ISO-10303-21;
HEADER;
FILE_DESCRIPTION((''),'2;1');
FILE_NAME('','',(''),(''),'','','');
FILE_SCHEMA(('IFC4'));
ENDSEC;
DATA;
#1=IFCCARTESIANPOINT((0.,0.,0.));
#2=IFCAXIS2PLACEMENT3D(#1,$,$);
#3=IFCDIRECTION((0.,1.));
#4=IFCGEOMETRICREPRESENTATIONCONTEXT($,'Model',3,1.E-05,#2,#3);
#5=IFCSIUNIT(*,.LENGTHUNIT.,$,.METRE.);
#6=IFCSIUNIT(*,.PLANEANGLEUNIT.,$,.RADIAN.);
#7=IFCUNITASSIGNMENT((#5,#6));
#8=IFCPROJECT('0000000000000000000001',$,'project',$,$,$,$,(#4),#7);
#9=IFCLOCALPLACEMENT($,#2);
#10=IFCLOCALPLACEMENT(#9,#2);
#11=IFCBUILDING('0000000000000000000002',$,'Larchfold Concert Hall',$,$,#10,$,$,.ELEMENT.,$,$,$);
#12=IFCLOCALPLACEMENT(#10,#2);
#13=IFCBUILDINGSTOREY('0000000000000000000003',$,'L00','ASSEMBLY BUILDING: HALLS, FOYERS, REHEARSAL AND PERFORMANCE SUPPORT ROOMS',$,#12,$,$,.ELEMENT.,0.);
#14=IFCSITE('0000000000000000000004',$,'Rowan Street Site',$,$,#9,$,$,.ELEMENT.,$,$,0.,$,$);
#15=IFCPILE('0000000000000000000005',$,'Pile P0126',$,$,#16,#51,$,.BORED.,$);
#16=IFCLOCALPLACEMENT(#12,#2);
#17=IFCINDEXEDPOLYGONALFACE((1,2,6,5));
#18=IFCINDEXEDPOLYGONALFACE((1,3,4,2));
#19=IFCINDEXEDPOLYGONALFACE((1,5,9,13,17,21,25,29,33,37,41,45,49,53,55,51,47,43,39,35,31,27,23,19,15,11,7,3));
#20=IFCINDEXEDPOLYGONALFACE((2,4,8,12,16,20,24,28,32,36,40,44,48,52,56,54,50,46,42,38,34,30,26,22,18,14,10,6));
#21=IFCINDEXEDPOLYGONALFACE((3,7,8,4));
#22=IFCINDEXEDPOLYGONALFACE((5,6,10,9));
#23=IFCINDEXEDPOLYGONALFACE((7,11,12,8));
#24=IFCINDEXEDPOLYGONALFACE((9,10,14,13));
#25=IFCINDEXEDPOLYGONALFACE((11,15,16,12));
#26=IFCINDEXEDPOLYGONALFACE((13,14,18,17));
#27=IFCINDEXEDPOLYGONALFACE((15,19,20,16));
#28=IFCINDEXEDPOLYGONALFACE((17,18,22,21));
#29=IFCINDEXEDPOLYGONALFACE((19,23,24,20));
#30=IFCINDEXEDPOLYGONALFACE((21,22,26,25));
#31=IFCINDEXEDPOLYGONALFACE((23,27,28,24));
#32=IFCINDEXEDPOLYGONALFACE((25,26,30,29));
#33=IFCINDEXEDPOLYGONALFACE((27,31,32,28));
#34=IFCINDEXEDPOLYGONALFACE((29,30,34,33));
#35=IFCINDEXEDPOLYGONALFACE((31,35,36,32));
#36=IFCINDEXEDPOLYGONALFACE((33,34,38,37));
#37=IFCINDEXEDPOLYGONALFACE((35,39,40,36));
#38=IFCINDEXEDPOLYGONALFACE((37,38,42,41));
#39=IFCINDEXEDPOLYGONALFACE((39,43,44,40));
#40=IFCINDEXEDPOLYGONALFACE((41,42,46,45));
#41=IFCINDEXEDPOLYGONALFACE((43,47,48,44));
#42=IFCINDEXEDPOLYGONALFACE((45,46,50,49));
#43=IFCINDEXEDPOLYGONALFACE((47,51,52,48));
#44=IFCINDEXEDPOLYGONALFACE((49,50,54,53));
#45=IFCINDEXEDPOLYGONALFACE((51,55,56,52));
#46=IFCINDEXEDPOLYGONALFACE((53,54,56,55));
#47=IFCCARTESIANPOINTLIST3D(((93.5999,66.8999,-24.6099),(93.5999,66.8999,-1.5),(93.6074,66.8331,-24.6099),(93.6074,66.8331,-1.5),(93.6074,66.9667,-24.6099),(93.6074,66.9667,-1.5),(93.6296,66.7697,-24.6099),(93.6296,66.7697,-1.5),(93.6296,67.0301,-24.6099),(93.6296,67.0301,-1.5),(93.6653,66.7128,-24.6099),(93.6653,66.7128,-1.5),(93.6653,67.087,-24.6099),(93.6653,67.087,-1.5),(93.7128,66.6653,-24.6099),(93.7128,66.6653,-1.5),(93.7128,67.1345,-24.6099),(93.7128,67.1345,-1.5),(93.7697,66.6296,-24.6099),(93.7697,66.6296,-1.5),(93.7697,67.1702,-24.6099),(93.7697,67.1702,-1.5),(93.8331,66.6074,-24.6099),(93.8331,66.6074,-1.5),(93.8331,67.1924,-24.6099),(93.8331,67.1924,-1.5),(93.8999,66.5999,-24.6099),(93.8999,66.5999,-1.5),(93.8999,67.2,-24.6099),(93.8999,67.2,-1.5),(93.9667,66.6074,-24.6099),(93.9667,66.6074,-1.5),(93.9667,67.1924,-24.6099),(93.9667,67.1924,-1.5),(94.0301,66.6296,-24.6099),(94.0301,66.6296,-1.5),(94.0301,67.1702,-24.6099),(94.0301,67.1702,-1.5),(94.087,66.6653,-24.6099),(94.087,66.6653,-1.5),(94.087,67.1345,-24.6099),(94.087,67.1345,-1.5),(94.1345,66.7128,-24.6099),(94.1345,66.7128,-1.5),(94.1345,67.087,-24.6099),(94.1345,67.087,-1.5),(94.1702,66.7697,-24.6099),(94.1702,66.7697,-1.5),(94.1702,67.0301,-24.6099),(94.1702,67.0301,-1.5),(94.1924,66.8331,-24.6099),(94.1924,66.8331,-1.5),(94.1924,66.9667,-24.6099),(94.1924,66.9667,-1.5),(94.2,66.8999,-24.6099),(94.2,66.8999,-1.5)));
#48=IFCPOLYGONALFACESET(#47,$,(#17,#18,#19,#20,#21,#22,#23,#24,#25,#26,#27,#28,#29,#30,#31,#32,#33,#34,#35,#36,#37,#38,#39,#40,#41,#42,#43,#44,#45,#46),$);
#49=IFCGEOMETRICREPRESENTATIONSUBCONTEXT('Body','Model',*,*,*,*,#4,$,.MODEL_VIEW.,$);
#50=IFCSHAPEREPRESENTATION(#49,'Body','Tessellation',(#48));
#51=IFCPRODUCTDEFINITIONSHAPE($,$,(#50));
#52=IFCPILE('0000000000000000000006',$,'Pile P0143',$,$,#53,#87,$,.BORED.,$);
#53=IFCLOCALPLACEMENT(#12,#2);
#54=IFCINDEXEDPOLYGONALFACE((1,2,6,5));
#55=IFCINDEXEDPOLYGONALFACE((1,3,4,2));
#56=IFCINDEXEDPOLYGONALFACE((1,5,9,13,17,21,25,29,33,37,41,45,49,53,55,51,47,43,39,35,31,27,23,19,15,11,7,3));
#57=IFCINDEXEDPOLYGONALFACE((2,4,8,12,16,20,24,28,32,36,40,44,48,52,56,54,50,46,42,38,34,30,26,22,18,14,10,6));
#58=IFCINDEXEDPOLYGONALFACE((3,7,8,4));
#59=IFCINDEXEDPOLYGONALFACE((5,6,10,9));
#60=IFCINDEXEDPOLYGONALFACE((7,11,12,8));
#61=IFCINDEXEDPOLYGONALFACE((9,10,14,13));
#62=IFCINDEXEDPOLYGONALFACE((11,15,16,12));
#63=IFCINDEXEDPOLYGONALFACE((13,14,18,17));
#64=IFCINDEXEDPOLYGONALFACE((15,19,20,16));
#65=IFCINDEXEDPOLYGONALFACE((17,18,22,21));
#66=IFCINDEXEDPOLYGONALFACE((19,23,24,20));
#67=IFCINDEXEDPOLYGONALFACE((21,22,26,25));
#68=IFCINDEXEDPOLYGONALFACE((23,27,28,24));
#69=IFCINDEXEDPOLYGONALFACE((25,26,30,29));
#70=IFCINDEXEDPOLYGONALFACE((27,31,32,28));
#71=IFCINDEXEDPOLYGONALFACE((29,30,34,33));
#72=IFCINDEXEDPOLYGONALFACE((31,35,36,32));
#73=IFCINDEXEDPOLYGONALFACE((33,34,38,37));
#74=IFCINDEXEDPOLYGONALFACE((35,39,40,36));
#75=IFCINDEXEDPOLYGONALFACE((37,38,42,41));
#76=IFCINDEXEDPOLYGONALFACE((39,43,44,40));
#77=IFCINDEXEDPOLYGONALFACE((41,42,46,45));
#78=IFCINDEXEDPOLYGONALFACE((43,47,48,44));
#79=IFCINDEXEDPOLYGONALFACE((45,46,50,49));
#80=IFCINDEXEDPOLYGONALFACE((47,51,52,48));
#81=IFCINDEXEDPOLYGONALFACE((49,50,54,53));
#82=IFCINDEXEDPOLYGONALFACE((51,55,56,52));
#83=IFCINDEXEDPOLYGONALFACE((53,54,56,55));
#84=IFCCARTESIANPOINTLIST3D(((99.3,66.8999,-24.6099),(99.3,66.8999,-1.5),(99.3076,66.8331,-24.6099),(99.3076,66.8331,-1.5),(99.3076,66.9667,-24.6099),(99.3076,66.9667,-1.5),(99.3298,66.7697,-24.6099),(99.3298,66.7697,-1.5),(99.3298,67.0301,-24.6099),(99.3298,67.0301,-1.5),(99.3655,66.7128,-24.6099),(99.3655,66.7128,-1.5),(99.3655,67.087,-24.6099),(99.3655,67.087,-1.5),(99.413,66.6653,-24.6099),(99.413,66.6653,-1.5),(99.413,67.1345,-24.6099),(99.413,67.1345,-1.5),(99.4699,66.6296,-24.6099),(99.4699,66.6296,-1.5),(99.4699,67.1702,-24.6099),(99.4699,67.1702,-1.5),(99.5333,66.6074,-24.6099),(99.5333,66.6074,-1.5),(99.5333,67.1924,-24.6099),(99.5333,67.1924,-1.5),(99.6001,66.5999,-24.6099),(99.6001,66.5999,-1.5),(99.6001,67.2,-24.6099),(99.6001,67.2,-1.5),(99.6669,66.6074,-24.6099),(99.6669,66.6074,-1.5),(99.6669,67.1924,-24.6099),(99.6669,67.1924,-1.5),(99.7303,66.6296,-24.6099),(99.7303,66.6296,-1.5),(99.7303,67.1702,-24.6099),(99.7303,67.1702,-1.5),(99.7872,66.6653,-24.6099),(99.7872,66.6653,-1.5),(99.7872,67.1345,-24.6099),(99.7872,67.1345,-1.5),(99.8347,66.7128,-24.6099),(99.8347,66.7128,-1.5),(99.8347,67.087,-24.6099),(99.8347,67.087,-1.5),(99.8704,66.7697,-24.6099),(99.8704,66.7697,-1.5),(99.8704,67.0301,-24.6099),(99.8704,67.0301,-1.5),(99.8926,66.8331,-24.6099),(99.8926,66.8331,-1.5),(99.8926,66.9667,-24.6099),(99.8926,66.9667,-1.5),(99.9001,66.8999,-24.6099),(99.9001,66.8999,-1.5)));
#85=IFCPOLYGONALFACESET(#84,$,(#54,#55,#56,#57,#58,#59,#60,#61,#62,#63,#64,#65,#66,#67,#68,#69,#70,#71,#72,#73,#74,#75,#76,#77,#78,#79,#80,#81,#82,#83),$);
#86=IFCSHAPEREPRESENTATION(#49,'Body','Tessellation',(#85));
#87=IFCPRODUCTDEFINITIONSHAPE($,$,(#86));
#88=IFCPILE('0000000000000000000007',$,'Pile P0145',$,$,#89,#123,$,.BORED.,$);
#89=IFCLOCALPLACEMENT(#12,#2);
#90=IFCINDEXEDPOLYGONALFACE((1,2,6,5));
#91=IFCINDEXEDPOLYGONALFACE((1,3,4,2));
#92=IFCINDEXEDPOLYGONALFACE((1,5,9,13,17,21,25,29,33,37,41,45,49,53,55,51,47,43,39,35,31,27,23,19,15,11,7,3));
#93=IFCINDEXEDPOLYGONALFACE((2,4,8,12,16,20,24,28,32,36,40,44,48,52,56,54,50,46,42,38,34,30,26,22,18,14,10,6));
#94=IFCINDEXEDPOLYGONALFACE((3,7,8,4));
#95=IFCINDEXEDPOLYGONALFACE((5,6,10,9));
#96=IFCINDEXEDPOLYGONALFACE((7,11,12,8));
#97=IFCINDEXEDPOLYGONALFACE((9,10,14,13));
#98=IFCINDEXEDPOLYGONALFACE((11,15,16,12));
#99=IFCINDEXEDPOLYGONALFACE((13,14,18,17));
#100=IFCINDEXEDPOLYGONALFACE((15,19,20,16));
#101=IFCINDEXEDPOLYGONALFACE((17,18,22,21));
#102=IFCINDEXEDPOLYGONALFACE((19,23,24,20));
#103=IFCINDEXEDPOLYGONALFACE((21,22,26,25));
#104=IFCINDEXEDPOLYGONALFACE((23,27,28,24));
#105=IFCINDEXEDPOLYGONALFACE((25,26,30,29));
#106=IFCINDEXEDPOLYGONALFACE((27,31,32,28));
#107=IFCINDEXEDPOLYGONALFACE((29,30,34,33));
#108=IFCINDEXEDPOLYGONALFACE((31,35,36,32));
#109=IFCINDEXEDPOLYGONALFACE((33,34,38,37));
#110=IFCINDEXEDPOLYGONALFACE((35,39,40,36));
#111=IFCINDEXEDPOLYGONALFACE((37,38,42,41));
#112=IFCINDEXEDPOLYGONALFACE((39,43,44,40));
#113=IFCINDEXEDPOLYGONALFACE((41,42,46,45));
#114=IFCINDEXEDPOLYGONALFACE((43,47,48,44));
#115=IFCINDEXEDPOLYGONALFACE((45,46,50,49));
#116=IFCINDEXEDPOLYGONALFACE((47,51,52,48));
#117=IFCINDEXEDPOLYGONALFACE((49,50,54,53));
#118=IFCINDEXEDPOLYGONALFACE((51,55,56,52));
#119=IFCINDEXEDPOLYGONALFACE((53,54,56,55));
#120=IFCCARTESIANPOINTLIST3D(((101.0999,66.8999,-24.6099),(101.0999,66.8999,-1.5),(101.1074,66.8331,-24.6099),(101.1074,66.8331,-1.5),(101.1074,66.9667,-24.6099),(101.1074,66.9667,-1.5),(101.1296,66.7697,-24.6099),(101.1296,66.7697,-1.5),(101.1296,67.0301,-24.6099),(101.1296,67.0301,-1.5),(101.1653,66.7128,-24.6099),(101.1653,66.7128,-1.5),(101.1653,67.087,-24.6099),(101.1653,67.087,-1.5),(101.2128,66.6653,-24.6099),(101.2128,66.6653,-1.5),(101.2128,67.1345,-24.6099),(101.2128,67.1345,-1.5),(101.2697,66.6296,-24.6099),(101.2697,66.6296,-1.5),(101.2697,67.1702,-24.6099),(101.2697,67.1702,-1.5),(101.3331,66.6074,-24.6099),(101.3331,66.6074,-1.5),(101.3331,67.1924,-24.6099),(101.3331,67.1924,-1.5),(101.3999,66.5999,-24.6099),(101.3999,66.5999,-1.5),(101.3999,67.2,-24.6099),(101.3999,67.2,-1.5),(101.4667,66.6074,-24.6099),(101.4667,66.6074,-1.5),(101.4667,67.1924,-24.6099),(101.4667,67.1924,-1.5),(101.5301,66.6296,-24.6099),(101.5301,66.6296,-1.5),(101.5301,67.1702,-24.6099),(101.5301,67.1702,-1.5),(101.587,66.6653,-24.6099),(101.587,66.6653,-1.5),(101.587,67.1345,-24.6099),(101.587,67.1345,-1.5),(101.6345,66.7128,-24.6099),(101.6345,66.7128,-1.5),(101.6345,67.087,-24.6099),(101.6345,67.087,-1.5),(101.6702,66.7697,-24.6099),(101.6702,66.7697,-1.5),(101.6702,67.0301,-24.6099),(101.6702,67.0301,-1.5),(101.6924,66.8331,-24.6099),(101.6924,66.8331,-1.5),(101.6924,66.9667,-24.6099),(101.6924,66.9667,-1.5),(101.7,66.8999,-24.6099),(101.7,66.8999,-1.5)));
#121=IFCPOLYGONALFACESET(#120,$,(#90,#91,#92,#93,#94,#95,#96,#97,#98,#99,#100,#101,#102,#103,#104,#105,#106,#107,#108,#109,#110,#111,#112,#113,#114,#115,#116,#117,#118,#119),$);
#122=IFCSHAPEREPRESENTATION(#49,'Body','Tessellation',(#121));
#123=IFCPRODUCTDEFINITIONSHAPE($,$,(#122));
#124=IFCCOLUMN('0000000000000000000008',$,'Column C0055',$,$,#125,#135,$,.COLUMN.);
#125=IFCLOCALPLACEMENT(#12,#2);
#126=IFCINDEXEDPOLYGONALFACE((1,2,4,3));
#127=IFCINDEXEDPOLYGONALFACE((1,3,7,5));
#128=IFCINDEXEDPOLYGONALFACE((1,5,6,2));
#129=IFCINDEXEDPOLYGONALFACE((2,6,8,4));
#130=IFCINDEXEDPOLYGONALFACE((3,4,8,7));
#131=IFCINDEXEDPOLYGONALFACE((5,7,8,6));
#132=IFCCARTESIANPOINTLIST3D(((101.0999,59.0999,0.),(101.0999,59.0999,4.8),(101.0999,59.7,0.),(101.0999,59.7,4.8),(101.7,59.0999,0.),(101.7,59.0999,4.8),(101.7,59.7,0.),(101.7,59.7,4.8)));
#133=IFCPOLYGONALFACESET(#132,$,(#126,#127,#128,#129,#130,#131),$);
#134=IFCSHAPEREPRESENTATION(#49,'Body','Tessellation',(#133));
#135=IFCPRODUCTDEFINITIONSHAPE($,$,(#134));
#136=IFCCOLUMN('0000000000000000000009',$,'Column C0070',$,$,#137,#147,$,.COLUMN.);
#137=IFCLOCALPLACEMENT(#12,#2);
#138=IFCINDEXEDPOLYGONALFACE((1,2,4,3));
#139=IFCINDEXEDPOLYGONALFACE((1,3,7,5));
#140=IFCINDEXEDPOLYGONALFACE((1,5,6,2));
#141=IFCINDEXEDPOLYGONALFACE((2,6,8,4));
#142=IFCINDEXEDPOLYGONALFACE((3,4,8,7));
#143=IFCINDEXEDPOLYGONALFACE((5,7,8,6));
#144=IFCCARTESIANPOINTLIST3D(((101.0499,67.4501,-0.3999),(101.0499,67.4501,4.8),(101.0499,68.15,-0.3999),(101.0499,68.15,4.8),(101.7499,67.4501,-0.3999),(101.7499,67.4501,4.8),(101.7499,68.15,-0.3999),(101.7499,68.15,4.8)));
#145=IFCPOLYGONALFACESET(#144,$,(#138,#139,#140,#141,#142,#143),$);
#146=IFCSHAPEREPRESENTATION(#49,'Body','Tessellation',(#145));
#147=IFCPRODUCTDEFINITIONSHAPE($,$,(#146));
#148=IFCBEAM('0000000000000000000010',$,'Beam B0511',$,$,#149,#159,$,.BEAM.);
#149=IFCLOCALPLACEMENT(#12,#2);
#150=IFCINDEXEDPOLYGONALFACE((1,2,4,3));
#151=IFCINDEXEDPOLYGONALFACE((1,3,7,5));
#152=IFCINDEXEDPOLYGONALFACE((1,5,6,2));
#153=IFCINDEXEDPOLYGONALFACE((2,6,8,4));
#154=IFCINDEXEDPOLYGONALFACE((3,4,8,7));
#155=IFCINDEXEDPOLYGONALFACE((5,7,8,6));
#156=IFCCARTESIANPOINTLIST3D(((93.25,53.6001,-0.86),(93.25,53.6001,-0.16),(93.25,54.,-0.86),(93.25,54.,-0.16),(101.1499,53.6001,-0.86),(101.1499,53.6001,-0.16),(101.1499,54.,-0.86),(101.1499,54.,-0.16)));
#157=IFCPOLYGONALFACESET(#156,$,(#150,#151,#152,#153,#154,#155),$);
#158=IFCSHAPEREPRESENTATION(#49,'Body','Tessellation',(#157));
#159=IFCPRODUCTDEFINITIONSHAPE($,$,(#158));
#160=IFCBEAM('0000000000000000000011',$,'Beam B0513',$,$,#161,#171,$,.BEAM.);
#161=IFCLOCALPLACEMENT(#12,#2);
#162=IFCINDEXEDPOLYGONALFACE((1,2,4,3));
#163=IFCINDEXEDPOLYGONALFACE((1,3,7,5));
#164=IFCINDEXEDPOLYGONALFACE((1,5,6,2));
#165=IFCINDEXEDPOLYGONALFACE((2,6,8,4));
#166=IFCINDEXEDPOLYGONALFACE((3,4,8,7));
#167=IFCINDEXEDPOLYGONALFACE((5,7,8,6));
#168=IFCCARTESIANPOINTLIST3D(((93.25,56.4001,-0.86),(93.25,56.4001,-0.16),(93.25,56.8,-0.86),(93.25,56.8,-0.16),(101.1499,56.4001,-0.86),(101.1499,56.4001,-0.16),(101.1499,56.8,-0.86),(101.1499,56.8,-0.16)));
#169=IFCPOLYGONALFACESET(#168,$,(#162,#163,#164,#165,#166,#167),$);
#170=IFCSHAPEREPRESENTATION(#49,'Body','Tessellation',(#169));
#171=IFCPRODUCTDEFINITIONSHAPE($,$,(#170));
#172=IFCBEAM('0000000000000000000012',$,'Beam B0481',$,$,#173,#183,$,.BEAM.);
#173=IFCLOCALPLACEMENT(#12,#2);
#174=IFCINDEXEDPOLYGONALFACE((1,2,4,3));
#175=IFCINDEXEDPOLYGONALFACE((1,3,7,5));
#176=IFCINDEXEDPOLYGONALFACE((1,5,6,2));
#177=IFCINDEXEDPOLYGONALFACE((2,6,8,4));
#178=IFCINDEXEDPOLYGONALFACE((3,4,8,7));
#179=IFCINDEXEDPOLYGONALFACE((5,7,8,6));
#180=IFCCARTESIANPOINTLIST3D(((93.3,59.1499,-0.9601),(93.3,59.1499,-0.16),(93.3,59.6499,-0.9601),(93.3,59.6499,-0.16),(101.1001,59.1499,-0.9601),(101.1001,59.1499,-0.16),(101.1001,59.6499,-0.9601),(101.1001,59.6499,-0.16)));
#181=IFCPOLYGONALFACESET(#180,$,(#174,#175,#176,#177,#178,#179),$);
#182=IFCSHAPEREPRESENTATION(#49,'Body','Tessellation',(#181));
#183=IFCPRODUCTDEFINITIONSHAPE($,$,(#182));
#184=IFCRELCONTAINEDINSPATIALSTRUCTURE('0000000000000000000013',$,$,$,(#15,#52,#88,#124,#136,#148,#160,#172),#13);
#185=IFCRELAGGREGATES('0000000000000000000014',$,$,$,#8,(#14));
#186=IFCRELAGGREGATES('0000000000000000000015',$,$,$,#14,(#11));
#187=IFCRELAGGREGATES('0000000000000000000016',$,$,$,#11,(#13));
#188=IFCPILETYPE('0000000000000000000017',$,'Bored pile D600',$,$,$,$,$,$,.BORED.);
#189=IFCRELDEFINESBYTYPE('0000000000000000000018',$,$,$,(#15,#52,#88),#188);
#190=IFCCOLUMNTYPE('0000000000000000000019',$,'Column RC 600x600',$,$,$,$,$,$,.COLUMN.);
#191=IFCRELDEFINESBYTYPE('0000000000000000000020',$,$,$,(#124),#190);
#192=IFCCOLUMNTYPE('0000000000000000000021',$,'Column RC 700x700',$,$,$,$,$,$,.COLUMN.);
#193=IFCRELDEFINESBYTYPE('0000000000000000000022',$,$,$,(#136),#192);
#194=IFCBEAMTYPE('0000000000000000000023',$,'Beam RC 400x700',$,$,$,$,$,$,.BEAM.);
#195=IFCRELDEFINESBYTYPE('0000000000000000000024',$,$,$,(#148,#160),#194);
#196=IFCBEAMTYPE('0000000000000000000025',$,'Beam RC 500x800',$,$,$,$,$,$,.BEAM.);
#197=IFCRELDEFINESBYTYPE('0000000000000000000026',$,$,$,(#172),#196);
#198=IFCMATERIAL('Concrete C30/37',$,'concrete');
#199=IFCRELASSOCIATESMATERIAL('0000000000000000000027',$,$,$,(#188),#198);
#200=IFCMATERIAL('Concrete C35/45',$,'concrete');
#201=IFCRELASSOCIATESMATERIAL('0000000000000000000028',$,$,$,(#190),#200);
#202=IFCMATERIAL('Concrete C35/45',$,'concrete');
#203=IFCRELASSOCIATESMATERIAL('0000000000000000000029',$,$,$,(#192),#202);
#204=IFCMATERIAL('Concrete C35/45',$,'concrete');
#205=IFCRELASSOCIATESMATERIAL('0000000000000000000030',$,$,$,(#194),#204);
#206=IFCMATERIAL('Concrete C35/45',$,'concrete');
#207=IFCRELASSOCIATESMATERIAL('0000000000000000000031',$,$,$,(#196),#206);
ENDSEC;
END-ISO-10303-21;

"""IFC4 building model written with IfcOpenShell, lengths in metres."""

from ifc_helpers import new_model, si_unit, direction, frame, origin, origin_2d, place, context, subcontext, project, spatial, rectangle, circle, extrude, material, material_profile, profile_set, type_object, element, save


model = new_model("IFC4")

# Units and contexts
model_context = context("Model", 3, precision=1e-05, world=origin(), true_north=direction((0.0, 1.0)))
body_context = subcontext(model_context, "Body", "Model", "MODEL_VIEW")
ifc_project = project(units=[si_unit("LENGTHUNIT", "METRE"), si_unit("PLANEANGLEUNIT", "RADIAN")], contexts=[model_context])

# Site, building, storey
site_placement = place(None, origin())
site = spatial("IfcSite", under=ifc_project, at=site_placement, Name="Rowan Street Site", CompositionType="ELEMENT", RefElevation=0.0)
building_placement = place(site_placement, origin())
building = spatial("IfcBuilding", under=site, at=building_placement, Name="Larchfold Concert Hall", CompositionType="ELEMENT")
storey_placement = place(building_placement, origin())
storey = spatial("IfcBuildingStorey", under=building, at=storey_placement, Name="L00", Description="ASSEMBLY BUILDING: HALLS, FOYERS, REHEARSAL AND PERFORMANCE SUPPORT ROOMS", CompositionType="ELEMENT", Elevation=0.0)

# Piles
ifc_material_1 = material(Name="Concrete C30/37", Category="concrete")
ifc_material_profile_1 = material_profile(ifc_material_1, circle(Radius=0.3, at=origin_2d()))
ifc_profile_set_1 = profile_set([ifc_material_profile_1], Name="Concrete C30/37")
pile_type = type_object("IfcPileType", Name="Bored pile D600", PredefinedType="BORED", material=ifc_profile_set_1)
for number, where, z_axis, x_axis, name in (
    (1, (93.8999, 66.8999, -1.5), (0.0, 0.0, -1.0), (1.0, 0.0, 0.0), "Pile P0126"),
    (2, (99.6001, 66.8999, -1.5), (0.0, 0.0, -1.0), (1.0, 0.0, 0.0), "Pile P0143"),
    (3, (101.3999, 66.8999, -1.5), (0.0, 0.0, -1.0), (1.0, 0.0, 0.0), "Pile P0145"),
):
    element("IfcPile", number, at=place(storey_placement, frame(where, z_axis=z_axis, x_axis=x_axis)), inside=storey, type_object=pile_type, Name=name, PredefinedType="BORED", context=body_context, shape_type="SweptSolid", body=[
        extrude(circle(Radius=0.3, at=origin_2d()), origin(), (0.0, 0.0, 1.0), 23.1099),
    ])

# Columns
ifc_material_2 = material(Name="Concrete C35/45", Category="concrete")
ifc_material_profile_2 = material_profile(ifc_material_2, rectangle(XDim=0.6001, YDim=0.6001, at=origin_2d()))
ifc_profile_set_2 = profile_set([ifc_material_profile_2], Name="Concrete C35/45")
column_type_1 = type_object("IfcColumnType", Name="Column RC 600x600", PredefinedType="COLUMN", material=ifc_profile_set_2)
column_1_placement = place(storey_placement, frame((101.3999, 59.3999, 0.0), z_axis=(0.0, 0.0, 1.0), x_axis=(1.0, 0.0, 0.0)))
element("IfcColumn", 4, at=column_1_placement, inside=storey, type_object=column_type_1, Name="Column C0055", PredefinedType="COLUMN", context=body_context, shape_type="SweptSolid", body=[
    extrude(rectangle(XDim=0.6001, YDim=0.6001, at=origin_2d()), origin(), (0.0, 0.0, 1.0), 4.8),
])
ifc_material_3 = material(Name="Concrete C35/45", Category="concrete")
ifc_material_profile_3 = material_profile(ifc_material_3, rectangle(XDim=0.7, YDim=0.7, at=origin_2d()))
ifc_profile_set_3 = profile_set([ifc_material_profile_3], Name="Concrete C35/45")
column_type_2 = type_object("IfcColumnType", Name="Column RC 700x700", PredefinedType="COLUMN", material=ifc_profile_set_3)
column_2_placement = place(storey_placement, frame((101.3999, 67.8, -0.3999), z_axis=(0.0, 0.0, 1.0), x_axis=(1.0, 0.0, 0.0)))
element("IfcColumn", 5, at=column_2_placement, inside=storey, type_object=column_type_2, Name="Column C0070", PredefinedType="COLUMN", context=body_context, shape_type="SweptSolid", body=[
    extrude(rectangle(XDim=0.7, YDim=0.7, at=origin_2d()), origin(), (0.0, 0.0, 1.0), 5.2),
])

# Beams
ifc_material_4 = material(Name="Concrete C35/45", Category="concrete")
ifc_material_profile_4 = material_profile(ifc_material_4, rectangle(XDim=0.3999, YDim=0.7, at=origin_2d()))
ifc_profile_set_4 = profile_set([ifc_material_profile_4], Name="Concrete C35/45")
beam_type_1 = type_object("IfcBeamType", Name="Beam RC 400x700", PredefinedType="BEAM", material=ifc_profile_set_4)
for number, where, z_axis, x_axis, name in (
    (6, (93.25, 53.8, -0.51), (1.0, 0.0, 0.0), (0.0, 1.0, 0.0), "Beam B0511"),
    (7, (93.25, 56.6001, -0.51), (1.0, 0.0, 0.0), (0.0, 1.0, 0.0), "Beam B0513"),
):
    element("IfcBeam", number, at=place(storey_placement, frame(where, z_axis=z_axis, x_axis=x_axis)), inside=storey, type_object=beam_type_1, Name=name, PredefinedType="BEAM", context=body_context, shape_type="SweptSolid", body=[
        extrude(rectangle(XDim=0.3999, YDim=0.7, at=origin_2d()), origin(), (0.0, 0.0, 1.0), 7.8999),
    ])
ifc_material_5 = material(Name="Concrete C35/45", Category="concrete")
ifc_material_profile_5 = material_profile(ifc_material_5, rectangle(XDim=0.5, YDim=0.8, at=origin_2d()))
ifc_profile_set_5 = profile_set([ifc_material_profile_5], Name="Concrete C35/45")
beam_type_2 = type_object("IfcBeamType", Name="Beam RC 500x800", PredefinedType="BEAM", material=ifc_profile_set_5)
beam_placement = place(storey_placement, frame((93.3, 59.3999, -0.5601), z_axis=(1.0, 0.0, 0.0), x_axis=(0.0, 1.0, 0.0)))
element("IfcBeam", 8, at=beam_placement, inside=storey, type_object=beam_type_2, Name="Beam B0481", PredefinedType="BEAM", context=body_context, shape_type="SweptSolid", body=[
    extrude(rectangle(XDim=0.5, YDim=0.8, at=origin_2d()), origin(), (0.0, 0.0, 1.0), 7.8),
])

save(model, "model.ifc")
